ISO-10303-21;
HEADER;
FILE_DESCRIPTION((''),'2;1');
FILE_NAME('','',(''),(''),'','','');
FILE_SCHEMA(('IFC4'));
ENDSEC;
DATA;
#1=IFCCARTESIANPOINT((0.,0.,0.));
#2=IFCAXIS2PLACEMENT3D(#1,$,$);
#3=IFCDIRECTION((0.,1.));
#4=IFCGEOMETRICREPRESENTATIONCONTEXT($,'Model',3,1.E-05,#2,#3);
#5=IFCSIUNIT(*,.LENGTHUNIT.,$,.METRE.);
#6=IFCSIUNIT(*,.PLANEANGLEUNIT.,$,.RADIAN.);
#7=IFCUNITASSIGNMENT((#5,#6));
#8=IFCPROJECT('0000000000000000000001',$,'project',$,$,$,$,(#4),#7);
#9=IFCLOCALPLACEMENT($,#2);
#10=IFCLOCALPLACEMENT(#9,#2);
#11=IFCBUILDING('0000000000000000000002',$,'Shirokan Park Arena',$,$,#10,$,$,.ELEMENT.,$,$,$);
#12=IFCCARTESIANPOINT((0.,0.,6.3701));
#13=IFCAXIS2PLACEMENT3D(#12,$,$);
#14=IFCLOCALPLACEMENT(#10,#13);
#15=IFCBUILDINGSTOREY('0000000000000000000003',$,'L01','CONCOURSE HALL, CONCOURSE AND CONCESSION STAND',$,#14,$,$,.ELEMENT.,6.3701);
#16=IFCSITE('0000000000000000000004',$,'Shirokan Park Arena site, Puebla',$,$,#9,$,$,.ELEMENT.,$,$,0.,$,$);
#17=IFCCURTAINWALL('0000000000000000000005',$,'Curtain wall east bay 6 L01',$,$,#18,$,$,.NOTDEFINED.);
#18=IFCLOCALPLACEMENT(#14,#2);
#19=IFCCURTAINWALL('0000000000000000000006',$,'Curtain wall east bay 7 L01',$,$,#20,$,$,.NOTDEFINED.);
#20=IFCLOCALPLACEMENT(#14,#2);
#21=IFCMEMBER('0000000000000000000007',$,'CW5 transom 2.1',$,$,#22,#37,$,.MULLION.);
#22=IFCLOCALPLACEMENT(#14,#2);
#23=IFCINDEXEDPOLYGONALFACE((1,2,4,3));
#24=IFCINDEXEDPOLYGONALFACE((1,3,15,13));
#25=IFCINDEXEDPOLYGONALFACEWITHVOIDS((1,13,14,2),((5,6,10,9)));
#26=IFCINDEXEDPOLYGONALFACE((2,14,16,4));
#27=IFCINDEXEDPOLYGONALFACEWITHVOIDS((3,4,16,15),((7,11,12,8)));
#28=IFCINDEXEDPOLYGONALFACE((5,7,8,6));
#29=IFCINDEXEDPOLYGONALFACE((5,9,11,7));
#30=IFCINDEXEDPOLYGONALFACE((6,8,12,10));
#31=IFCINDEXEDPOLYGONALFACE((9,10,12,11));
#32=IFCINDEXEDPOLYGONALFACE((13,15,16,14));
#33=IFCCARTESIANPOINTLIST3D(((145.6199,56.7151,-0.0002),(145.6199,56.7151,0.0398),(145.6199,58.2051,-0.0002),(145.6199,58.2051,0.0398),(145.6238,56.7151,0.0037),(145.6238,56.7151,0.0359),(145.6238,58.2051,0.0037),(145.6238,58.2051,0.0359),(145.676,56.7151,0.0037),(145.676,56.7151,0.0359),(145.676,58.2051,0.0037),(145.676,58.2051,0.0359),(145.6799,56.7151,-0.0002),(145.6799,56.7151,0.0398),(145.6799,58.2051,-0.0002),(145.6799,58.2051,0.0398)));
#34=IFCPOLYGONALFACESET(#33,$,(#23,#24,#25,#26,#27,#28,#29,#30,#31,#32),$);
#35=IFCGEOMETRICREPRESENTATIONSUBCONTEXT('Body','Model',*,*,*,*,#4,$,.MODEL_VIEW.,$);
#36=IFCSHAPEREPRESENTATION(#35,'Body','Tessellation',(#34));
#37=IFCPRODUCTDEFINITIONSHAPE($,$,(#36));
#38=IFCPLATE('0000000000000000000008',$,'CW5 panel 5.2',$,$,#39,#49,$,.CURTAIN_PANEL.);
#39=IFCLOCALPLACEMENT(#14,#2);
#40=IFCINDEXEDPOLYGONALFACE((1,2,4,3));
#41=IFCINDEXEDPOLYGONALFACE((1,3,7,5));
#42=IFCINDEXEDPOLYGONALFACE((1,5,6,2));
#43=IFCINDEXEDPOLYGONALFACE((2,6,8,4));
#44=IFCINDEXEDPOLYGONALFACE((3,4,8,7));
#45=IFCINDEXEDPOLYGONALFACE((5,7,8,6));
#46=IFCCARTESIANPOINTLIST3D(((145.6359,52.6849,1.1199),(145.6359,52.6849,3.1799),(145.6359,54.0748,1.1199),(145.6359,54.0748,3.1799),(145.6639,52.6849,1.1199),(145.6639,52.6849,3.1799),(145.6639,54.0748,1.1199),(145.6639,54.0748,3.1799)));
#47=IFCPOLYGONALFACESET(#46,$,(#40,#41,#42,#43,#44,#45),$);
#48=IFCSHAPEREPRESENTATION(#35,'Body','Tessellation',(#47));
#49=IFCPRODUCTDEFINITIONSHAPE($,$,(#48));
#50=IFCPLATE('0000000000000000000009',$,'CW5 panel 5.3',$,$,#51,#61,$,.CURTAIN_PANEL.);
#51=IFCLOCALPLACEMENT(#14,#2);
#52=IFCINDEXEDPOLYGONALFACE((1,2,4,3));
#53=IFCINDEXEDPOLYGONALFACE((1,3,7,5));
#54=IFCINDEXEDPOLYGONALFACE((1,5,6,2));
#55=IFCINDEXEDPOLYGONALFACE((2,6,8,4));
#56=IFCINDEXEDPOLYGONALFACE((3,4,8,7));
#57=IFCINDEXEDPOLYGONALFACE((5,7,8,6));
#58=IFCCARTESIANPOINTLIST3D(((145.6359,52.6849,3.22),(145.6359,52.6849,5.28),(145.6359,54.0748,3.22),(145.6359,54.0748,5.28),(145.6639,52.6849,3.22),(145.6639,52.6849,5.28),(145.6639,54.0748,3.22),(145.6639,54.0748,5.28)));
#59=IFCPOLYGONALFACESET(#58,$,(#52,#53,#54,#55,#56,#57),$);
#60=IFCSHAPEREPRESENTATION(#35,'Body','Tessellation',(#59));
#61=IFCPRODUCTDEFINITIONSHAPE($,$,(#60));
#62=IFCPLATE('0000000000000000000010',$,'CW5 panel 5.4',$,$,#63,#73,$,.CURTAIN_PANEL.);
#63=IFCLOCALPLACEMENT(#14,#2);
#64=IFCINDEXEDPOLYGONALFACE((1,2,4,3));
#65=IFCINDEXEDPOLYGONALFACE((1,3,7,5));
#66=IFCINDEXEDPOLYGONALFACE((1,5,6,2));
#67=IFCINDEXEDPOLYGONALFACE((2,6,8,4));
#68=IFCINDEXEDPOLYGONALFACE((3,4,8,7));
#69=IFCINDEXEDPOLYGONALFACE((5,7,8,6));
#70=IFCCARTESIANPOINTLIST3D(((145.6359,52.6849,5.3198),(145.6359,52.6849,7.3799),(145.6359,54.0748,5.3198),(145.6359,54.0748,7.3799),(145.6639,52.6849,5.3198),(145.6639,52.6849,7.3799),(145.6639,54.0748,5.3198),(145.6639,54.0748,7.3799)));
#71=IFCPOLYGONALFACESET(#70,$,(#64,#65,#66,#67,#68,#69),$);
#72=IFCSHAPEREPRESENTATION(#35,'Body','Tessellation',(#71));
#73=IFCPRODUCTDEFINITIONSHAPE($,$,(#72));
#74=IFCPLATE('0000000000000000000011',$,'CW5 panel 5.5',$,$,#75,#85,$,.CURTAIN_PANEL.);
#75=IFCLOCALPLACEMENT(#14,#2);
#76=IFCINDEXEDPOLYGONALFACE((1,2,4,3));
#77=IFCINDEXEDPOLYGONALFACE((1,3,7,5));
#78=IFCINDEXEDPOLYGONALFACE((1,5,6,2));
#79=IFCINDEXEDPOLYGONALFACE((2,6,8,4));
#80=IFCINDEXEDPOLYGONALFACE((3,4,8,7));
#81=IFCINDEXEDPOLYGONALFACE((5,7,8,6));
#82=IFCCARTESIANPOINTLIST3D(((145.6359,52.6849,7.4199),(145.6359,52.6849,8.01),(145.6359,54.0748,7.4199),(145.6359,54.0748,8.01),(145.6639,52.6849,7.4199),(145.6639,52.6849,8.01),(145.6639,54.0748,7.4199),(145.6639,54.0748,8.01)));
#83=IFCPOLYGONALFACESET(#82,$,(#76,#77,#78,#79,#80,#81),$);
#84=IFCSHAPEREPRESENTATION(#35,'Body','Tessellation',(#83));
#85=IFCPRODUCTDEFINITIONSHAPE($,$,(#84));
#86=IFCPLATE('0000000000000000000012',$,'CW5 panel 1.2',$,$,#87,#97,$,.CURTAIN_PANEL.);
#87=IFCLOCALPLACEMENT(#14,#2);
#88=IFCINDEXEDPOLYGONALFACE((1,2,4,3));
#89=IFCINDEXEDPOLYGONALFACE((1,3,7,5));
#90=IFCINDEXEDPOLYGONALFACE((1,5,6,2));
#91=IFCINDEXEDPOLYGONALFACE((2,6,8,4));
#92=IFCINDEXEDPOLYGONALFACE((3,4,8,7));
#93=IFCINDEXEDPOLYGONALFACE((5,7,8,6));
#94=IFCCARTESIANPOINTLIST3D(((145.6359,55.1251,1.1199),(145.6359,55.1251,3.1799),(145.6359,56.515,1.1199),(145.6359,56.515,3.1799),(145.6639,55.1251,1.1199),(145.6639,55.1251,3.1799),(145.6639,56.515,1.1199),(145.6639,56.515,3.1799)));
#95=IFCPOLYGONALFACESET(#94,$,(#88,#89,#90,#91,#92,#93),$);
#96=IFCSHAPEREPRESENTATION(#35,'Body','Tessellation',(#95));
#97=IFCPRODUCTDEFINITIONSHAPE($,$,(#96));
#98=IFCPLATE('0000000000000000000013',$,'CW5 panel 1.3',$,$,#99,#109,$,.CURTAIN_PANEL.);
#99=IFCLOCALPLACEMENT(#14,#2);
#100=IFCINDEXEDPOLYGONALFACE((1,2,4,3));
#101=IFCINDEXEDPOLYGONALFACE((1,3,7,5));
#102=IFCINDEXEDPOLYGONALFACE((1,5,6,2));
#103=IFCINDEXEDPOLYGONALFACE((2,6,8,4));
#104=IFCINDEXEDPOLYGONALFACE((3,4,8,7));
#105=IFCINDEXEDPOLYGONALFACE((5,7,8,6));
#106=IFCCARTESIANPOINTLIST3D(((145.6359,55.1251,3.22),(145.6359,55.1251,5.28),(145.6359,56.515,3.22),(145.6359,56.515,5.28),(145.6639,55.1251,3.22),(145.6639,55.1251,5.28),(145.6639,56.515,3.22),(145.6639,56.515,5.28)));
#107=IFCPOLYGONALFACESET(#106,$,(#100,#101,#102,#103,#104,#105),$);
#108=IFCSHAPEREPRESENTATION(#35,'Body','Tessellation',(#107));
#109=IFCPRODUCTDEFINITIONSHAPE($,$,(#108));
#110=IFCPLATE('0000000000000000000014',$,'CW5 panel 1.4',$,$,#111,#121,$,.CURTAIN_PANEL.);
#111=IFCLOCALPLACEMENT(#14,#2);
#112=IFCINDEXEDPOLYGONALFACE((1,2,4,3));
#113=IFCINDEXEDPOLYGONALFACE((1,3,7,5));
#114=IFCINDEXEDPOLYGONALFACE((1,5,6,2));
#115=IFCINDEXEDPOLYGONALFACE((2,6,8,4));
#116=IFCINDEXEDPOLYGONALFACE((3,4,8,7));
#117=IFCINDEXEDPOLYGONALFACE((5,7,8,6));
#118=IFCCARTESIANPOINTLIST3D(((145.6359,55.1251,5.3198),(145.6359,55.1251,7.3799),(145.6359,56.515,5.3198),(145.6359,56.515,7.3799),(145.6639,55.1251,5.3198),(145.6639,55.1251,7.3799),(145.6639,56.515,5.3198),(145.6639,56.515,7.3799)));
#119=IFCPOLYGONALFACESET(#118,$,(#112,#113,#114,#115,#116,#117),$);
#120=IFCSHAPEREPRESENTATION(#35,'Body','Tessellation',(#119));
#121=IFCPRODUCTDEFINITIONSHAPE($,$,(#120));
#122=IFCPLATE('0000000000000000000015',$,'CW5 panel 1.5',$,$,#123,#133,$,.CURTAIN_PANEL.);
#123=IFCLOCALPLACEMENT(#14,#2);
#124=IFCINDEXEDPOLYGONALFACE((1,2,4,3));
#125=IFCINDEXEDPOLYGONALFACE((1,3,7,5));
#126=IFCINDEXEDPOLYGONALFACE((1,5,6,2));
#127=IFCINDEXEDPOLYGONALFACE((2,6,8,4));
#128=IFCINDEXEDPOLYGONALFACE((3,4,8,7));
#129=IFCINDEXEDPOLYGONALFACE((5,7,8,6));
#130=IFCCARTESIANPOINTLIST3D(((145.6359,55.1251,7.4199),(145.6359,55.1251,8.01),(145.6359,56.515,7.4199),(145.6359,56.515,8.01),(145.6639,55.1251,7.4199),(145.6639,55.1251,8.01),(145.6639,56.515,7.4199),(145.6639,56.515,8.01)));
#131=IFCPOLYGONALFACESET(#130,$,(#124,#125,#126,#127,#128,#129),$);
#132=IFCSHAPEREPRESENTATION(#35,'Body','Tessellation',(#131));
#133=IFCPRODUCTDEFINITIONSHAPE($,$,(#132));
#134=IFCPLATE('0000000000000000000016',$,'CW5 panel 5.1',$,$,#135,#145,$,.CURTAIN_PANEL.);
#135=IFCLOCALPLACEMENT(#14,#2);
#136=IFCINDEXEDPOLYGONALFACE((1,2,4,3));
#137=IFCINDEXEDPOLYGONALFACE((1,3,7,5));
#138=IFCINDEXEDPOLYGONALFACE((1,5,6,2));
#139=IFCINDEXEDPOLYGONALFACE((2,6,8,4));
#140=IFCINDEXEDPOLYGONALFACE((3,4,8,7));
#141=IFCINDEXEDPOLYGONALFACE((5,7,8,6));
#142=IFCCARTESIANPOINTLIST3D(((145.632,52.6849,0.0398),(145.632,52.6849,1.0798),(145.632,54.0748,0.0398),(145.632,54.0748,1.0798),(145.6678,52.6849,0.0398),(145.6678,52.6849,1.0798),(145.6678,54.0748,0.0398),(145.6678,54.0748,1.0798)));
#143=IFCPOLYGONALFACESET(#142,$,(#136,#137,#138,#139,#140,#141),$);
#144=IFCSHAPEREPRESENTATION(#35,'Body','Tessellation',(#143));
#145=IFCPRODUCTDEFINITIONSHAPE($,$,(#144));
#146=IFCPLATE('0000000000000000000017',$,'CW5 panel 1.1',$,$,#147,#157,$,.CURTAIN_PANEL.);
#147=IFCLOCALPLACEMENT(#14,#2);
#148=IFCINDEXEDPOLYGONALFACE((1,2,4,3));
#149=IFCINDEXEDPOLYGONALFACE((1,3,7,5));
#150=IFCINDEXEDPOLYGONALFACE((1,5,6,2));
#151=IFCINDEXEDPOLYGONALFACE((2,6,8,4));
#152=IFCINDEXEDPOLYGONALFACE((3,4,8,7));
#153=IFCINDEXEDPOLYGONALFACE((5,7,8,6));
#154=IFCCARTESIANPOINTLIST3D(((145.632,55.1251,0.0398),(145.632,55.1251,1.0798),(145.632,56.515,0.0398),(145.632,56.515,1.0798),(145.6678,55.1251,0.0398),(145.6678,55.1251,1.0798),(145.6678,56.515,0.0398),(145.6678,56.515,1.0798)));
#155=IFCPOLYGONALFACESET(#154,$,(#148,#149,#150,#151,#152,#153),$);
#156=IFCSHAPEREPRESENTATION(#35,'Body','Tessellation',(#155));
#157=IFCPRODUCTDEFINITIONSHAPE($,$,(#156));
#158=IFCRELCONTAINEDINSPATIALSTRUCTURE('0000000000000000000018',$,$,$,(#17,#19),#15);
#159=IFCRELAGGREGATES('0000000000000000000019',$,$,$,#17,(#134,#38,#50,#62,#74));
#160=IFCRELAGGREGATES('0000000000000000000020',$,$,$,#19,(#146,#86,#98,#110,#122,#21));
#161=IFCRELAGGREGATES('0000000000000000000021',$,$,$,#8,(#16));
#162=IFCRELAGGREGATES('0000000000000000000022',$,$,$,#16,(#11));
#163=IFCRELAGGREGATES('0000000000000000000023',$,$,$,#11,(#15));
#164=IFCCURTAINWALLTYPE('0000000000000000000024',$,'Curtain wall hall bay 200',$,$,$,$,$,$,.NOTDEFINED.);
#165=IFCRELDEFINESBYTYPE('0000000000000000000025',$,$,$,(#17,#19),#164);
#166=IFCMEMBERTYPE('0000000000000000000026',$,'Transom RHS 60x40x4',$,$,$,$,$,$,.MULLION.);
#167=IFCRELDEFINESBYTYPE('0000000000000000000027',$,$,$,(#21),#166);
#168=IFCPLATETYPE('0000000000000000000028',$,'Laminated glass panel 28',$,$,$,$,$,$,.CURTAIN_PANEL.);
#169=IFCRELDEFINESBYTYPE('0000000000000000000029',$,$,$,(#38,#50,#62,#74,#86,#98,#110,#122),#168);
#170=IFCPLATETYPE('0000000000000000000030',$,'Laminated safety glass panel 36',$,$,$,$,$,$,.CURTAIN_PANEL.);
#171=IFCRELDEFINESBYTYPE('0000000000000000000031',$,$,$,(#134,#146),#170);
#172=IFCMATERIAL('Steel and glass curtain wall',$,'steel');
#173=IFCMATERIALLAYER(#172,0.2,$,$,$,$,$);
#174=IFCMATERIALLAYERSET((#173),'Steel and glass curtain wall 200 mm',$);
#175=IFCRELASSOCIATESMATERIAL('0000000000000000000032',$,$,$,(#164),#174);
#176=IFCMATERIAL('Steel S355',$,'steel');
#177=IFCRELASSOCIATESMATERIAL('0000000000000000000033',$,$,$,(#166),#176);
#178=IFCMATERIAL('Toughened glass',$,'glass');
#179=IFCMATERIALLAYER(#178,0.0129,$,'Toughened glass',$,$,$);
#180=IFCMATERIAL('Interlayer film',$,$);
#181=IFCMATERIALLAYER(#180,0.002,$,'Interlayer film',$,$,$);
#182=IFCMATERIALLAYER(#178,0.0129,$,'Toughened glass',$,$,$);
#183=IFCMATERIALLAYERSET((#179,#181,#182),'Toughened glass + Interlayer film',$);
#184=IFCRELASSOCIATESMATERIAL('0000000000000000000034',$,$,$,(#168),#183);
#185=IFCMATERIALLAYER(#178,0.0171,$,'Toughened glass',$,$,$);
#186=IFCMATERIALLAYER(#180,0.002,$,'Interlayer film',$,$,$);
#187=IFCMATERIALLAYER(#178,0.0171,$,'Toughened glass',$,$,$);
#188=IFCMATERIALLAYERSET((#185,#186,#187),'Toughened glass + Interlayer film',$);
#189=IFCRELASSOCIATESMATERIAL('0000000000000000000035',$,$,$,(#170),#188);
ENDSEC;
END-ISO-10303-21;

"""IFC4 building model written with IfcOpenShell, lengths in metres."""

from ifc_helpers import new_model, si_unit, direction, frame, origin, origin_2d, place, context, subcontext, project, spatial, rectangle, hollow_rectangle, extrude, material, layer, layer_set, material_profile, profile_set, type_object, element, aggregate, save


model = new_model("IFC4")

# Units and contexts
model_context = context("Model", 3, precision=1e-05, world=origin(), true_north=direction((0.0, 1.0)))
body_context = subcontext(model_context, "Body", "Model", "MODEL_VIEW")
ifc_project = project(units=[si_unit("LENGTHUNIT", "METRE"), si_unit("PLANEANGLEUNIT", "RADIAN")], contexts=[model_context])

# Site, building, storey
site_placement = place(None, origin())
site = spatial("IfcSite", under=ifc_project, at=site_placement, Name="Shirokan Park Arena site, Puebla", CompositionType="ELEMENT", RefElevation=0.0)
building_placement = place(site_placement, origin())
building = spatial("IfcBuilding", under=site, at=building_placement, Name="Shirokan Park Arena", CompositionType="ELEMENT")
storey_placement = place(building_placement, frame((0.0, 0.0, 6.3701)))
storey = spatial("IfcBuildingStorey", under=building, at=storey_placement, Name="L01", Description="CONCOURSE HALL, CONCOURSE AND CONCESSION STAND", CompositionType="ELEMENT", Elevation=6.3701)

# Curtain wall
ifc_material_1 = material(Name="Steel and glass curtain wall", Category="steel")
ifc_layer_1 = layer(ifc_material_1, 0.2)
ifc_layer_set_1 = layer_set([ifc_layer_1], Name="Steel and glass curtain wall 200 mm")
curtain_wall_type = type_object("IfcCurtainWallType", Name="Curtain wall hall bay 200", PredefinedType="NOTDEFINED", material=ifc_layer_set_1)
curtain_wall_1_placement = place(storey_placement, origin())
curtain_wall_1 = element("IfcCurtainWall", 1, at=curtain_wall_1_placement, inside=storey, type_object=curtain_wall_type, Name="Curtain wall east bay 6 L01", PredefinedType="NOTDEFINED")
ifc_material_2 = material(Name="Steel S355", Category="steel")

# Curtain wall
curtain_wall_2_placement = place(storey_placement, origin())
curtain_wall_2 = element("IfcCurtainWall", 2, at=curtain_wall_2_placement, inside=storey, type_object=curtain_wall_type, Name="Curtain wall east bay 7 L01", PredefinedType="NOTDEFINED")

# Member
ifc_material_profile_1 = material_profile(ifc_material_2, hollow_rectangle(XDim=0.0601, YDim=0.04, WallThickness=0.0039, at=origin_2d()), Name="RHS 60x40x4")
ifc_profile_set_1 = profile_set([ifc_material_profile_1], Name="Steel S355")
member_type_1 = type_object("IfcMemberType", Name="Transom RHS 60x40x4", PredefinedType="MULLION", material=ifc_profile_set_1)
member_1_placement = place(storey_placement, frame((145.6499, 56.7151, 0.0198), z_axis=(0.0, 1.0, 0.0), x_axis=(-1.0, 0.0, 0.0)))
member_1 = element("IfcMember", 3, at=member_1_placement, type_object=member_type_1, Name="CW5 transom 2.1", PredefinedType="MULLION", context=body_context, shape_type="SweptSolid", body=[
    extrude(hollow_rectangle(XDim=0.0601, YDim=0.04, WallThickness=0.0039, at=origin_2d()), origin(), (0.0, 0.0, 1.0), 1.49),
])

# Plates
ifc_material_3 = material(Name="Toughened glass", Category="glass")
ifc_layer_2 = layer(ifc_material_3, 0.0129, Name="Toughened glass")
ifc_material_4 = material(Name="Interlayer film")
ifc_layer_3 = layer(ifc_material_4, 0.002, Name="Interlayer film")
ifc_layer_4 = layer(ifc_material_3, 0.0129, Name="Toughened glass")
ifc_layer_set_2 = layer_set([ifc_layer_2, ifc_layer_3, ifc_layer_4], Name="Toughened glass + Interlayer film")
plate_type_1 = type_object("IfcPlateType", Name="Laminated glass panel 28", PredefinedType="CURTAIN_PANEL", material=ifc_layer_set_2)
plate_1_placement = place(storey_placement, frame((145.6499, 53.3799, 1.1199), z_axis=(0.0, 0.0, 1.0), x_axis=(0.0, 1.0, 0.0)))
plate_1 = element("IfcPlate", 4, at=plate_1_placement, type_object=plate_type_1, Name="CW5 panel 5.2", PredefinedType="CURTAIN_PANEL", context=body_context, shape_type="SweptSolid", body=[
    extrude(rectangle(XDim=1.3899, YDim=0.0281, at=origin_2d()), origin(), (0.0, 0.0, 1.0), 2.0601),
])
plate_2_placement = place(storey_placement, frame((145.6499, 53.3799, 3.22), z_axis=(0.0, 0.0, 1.0), x_axis=(0.0, 1.0, 0.0)))
plate_2 = element("IfcPlate", 5, at=plate_2_placement, type_object=plate_type_1, Name="CW5 panel 5.3", PredefinedType="CURTAIN_PANEL", context=body_context, shape_type="SweptSolid", body=[
    extrude(rectangle(XDim=1.3899, YDim=0.0281, at=origin_2d()), origin(), (0.0, 0.0, 1.0), 2.0601),
])
plate_3_placement = place(storey_placement, frame((145.6499, 53.3799, 5.3198), z_axis=(0.0, 0.0, 1.0), x_axis=(0.0, 1.0, 0.0)))
plate_3 = element("IfcPlate", 6, at=plate_3_placement, type_object=plate_type_1, Name="CW5 panel 5.4", PredefinedType="CURTAIN_PANEL", context=body_context, shape_type="SweptSolid", body=[
    extrude(rectangle(XDim=1.3899, YDim=0.0281, at=origin_2d()), origin(), (0.0, 0.0, 1.0), 2.0601),
])
plate_4_placement = place(storey_placement, frame((145.6499, 53.3799, 7.4199), z_axis=(0.0, 0.0, 1.0), x_axis=(0.0, 1.0, 0.0)))
plate_4 = element("IfcPlate", 7, at=plate_4_placement, type_object=plate_type_1, Name="CW5 panel 5.5", PredefinedType="CURTAIN_PANEL", context=body_context, shape_type="SweptSolid", body=[
    extrude(rectangle(XDim=1.3899, YDim=0.0281, at=origin_2d()), origin(), (0.0, 0.0, 1.0), 0.5901),
])
plate_5_placement = place(storey_placement, frame((145.6499, 55.8201, 1.1199), z_axis=(0.0, 0.0, 1.0), x_axis=(0.0, 1.0, 0.0)))
plate_5 = element("IfcPlate", 8, at=plate_5_placement, type_object=plate_type_1, Name="CW5 panel 1.2", PredefinedType="CURTAIN_PANEL", context=body_context, shape_type="SweptSolid", body=[
    extrude(rectangle(XDim=1.3899, YDim=0.0281, at=origin_2d()), origin(), (0.0, 0.0, 1.0), 2.0601),
])
plate_6_placement = place(storey_placement, frame((145.6499, 55.8201, 3.22), z_axis=(0.0, 0.0, 1.0), x_axis=(0.0, 1.0, 0.0)))
plate_6 = element("IfcPlate", 9, at=plate_6_placement, type_object=plate_type_1, Name="CW5 panel 1.3", PredefinedType="CURTAIN_PANEL", context=body_context, shape_type="SweptSolid", body=[
    extrude(rectangle(XDim=1.3899, YDim=0.0281, at=origin_2d()), origin(), (0.0, 0.0, 1.0), 2.0601),
])
plate_7_placement = place(storey_placement, frame((145.6499, 55.8201, 5.3198), z_axis=(0.0, 0.0, 1.0), x_axis=(0.0, 1.0, 0.0)))
plate_7 = element("IfcPlate", 10, at=plate_7_placement, type_object=plate_type_1, Name="CW5 panel 1.4", PredefinedType="CURTAIN_PANEL", context=body_context, shape_type="SweptSolid", body=[
    extrude(rectangle(XDim=1.3899, YDim=0.0281, at=origin_2d()), origin(), (0.0, 0.0, 1.0), 2.0601),
])
plate_8_placement = place(storey_placement, frame((145.6499, 55.8201, 7.4199), z_axis=(0.0, 0.0, 1.0), x_axis=(0.0, 1.0, 0.0)))
plate_8 = element("IfcPlate", 11, at=plate_8_placement, type_object=plate_type_1, Name="CW5 panel 1.5", PredefinedType="CURTAIN_PANEL", context=body_context, shape_type="SweptSolid", body=[
    extrude(rectangle(XDim=1.3899, YDim=0.0281, at=origin_2d()), origin(), (0.0, 0.0, 1.0), 0.5901),
])
ifc_layer_5 = layer(ifc_material_3, 0.0171, Name="Toughened glass")
ifc_layer_6 = layer(ifc_material_4, 0.002, Name="Interlayer film")
ifc_layer_7 = layer(ifc_material_3, 0.0171, Name="Toughened glass")
ifc_layer_set_3 = layer_set([ifc_layer_5, ifc_layer_6, ifc_layer_7], Name="Toughened glass + Interlayer film")
plate_type_2 = type_object("IfcPlateType", Name="Laminated safety glass panel 36", PredefinedType="CURTAIN_PANEL", material=ifc_layer_set_3)
plate_9_placement = place(storey_placement, frame((145.6499, 53.3799, 0.0398), z_axis=(0.0, 0.0, 1.0), x_axis=(0.0, 1.0, 0.0)))
plate_9 = element("IfcPlate", 12, at=plate_9_placement, type_object=plate_type_2, Name="CW5 panel 5.1", PredefinedType="CURTAIN_PANEL", context=body_context, shape_type="SweptSolid", body=[
    extrude(rectangle(XDim=1.3899, YDim=0.0359, at=origin_2d()), origin(), (0.0, 0.0, 1.0), 1.04),
])
aggregate(curtain_wall_1, [plate_9, plate_1, plate_2, plate_3, plate_4])
plate_10_placement = place(storey_placement, frame((145.6499, 55.8201, 0.0398), z_axis=(0.0, 0.0, 1.0), x_axis=(0.0, 1.0, 0.0)))
plate_10 = element("IfcPlate", 13, at=plate_10_placement, type_object=plate_type_2, Name="CW5 panel 1.1", PredefinedType="CURTAIN_PANEL", context=body_context, shape_type="SweptSolid", body=[
    extrude(rectangle(XDim=1.3899, YDim=0.0359, at=origin_2d()), origin(), (0.0, 0.0, 1.0), 1.04),
])
aggregate(curtain_wall_2, [plate_10, plate_5, plate_6, plate_7, plate_8, member_1])

save(model, "model.ifc")
